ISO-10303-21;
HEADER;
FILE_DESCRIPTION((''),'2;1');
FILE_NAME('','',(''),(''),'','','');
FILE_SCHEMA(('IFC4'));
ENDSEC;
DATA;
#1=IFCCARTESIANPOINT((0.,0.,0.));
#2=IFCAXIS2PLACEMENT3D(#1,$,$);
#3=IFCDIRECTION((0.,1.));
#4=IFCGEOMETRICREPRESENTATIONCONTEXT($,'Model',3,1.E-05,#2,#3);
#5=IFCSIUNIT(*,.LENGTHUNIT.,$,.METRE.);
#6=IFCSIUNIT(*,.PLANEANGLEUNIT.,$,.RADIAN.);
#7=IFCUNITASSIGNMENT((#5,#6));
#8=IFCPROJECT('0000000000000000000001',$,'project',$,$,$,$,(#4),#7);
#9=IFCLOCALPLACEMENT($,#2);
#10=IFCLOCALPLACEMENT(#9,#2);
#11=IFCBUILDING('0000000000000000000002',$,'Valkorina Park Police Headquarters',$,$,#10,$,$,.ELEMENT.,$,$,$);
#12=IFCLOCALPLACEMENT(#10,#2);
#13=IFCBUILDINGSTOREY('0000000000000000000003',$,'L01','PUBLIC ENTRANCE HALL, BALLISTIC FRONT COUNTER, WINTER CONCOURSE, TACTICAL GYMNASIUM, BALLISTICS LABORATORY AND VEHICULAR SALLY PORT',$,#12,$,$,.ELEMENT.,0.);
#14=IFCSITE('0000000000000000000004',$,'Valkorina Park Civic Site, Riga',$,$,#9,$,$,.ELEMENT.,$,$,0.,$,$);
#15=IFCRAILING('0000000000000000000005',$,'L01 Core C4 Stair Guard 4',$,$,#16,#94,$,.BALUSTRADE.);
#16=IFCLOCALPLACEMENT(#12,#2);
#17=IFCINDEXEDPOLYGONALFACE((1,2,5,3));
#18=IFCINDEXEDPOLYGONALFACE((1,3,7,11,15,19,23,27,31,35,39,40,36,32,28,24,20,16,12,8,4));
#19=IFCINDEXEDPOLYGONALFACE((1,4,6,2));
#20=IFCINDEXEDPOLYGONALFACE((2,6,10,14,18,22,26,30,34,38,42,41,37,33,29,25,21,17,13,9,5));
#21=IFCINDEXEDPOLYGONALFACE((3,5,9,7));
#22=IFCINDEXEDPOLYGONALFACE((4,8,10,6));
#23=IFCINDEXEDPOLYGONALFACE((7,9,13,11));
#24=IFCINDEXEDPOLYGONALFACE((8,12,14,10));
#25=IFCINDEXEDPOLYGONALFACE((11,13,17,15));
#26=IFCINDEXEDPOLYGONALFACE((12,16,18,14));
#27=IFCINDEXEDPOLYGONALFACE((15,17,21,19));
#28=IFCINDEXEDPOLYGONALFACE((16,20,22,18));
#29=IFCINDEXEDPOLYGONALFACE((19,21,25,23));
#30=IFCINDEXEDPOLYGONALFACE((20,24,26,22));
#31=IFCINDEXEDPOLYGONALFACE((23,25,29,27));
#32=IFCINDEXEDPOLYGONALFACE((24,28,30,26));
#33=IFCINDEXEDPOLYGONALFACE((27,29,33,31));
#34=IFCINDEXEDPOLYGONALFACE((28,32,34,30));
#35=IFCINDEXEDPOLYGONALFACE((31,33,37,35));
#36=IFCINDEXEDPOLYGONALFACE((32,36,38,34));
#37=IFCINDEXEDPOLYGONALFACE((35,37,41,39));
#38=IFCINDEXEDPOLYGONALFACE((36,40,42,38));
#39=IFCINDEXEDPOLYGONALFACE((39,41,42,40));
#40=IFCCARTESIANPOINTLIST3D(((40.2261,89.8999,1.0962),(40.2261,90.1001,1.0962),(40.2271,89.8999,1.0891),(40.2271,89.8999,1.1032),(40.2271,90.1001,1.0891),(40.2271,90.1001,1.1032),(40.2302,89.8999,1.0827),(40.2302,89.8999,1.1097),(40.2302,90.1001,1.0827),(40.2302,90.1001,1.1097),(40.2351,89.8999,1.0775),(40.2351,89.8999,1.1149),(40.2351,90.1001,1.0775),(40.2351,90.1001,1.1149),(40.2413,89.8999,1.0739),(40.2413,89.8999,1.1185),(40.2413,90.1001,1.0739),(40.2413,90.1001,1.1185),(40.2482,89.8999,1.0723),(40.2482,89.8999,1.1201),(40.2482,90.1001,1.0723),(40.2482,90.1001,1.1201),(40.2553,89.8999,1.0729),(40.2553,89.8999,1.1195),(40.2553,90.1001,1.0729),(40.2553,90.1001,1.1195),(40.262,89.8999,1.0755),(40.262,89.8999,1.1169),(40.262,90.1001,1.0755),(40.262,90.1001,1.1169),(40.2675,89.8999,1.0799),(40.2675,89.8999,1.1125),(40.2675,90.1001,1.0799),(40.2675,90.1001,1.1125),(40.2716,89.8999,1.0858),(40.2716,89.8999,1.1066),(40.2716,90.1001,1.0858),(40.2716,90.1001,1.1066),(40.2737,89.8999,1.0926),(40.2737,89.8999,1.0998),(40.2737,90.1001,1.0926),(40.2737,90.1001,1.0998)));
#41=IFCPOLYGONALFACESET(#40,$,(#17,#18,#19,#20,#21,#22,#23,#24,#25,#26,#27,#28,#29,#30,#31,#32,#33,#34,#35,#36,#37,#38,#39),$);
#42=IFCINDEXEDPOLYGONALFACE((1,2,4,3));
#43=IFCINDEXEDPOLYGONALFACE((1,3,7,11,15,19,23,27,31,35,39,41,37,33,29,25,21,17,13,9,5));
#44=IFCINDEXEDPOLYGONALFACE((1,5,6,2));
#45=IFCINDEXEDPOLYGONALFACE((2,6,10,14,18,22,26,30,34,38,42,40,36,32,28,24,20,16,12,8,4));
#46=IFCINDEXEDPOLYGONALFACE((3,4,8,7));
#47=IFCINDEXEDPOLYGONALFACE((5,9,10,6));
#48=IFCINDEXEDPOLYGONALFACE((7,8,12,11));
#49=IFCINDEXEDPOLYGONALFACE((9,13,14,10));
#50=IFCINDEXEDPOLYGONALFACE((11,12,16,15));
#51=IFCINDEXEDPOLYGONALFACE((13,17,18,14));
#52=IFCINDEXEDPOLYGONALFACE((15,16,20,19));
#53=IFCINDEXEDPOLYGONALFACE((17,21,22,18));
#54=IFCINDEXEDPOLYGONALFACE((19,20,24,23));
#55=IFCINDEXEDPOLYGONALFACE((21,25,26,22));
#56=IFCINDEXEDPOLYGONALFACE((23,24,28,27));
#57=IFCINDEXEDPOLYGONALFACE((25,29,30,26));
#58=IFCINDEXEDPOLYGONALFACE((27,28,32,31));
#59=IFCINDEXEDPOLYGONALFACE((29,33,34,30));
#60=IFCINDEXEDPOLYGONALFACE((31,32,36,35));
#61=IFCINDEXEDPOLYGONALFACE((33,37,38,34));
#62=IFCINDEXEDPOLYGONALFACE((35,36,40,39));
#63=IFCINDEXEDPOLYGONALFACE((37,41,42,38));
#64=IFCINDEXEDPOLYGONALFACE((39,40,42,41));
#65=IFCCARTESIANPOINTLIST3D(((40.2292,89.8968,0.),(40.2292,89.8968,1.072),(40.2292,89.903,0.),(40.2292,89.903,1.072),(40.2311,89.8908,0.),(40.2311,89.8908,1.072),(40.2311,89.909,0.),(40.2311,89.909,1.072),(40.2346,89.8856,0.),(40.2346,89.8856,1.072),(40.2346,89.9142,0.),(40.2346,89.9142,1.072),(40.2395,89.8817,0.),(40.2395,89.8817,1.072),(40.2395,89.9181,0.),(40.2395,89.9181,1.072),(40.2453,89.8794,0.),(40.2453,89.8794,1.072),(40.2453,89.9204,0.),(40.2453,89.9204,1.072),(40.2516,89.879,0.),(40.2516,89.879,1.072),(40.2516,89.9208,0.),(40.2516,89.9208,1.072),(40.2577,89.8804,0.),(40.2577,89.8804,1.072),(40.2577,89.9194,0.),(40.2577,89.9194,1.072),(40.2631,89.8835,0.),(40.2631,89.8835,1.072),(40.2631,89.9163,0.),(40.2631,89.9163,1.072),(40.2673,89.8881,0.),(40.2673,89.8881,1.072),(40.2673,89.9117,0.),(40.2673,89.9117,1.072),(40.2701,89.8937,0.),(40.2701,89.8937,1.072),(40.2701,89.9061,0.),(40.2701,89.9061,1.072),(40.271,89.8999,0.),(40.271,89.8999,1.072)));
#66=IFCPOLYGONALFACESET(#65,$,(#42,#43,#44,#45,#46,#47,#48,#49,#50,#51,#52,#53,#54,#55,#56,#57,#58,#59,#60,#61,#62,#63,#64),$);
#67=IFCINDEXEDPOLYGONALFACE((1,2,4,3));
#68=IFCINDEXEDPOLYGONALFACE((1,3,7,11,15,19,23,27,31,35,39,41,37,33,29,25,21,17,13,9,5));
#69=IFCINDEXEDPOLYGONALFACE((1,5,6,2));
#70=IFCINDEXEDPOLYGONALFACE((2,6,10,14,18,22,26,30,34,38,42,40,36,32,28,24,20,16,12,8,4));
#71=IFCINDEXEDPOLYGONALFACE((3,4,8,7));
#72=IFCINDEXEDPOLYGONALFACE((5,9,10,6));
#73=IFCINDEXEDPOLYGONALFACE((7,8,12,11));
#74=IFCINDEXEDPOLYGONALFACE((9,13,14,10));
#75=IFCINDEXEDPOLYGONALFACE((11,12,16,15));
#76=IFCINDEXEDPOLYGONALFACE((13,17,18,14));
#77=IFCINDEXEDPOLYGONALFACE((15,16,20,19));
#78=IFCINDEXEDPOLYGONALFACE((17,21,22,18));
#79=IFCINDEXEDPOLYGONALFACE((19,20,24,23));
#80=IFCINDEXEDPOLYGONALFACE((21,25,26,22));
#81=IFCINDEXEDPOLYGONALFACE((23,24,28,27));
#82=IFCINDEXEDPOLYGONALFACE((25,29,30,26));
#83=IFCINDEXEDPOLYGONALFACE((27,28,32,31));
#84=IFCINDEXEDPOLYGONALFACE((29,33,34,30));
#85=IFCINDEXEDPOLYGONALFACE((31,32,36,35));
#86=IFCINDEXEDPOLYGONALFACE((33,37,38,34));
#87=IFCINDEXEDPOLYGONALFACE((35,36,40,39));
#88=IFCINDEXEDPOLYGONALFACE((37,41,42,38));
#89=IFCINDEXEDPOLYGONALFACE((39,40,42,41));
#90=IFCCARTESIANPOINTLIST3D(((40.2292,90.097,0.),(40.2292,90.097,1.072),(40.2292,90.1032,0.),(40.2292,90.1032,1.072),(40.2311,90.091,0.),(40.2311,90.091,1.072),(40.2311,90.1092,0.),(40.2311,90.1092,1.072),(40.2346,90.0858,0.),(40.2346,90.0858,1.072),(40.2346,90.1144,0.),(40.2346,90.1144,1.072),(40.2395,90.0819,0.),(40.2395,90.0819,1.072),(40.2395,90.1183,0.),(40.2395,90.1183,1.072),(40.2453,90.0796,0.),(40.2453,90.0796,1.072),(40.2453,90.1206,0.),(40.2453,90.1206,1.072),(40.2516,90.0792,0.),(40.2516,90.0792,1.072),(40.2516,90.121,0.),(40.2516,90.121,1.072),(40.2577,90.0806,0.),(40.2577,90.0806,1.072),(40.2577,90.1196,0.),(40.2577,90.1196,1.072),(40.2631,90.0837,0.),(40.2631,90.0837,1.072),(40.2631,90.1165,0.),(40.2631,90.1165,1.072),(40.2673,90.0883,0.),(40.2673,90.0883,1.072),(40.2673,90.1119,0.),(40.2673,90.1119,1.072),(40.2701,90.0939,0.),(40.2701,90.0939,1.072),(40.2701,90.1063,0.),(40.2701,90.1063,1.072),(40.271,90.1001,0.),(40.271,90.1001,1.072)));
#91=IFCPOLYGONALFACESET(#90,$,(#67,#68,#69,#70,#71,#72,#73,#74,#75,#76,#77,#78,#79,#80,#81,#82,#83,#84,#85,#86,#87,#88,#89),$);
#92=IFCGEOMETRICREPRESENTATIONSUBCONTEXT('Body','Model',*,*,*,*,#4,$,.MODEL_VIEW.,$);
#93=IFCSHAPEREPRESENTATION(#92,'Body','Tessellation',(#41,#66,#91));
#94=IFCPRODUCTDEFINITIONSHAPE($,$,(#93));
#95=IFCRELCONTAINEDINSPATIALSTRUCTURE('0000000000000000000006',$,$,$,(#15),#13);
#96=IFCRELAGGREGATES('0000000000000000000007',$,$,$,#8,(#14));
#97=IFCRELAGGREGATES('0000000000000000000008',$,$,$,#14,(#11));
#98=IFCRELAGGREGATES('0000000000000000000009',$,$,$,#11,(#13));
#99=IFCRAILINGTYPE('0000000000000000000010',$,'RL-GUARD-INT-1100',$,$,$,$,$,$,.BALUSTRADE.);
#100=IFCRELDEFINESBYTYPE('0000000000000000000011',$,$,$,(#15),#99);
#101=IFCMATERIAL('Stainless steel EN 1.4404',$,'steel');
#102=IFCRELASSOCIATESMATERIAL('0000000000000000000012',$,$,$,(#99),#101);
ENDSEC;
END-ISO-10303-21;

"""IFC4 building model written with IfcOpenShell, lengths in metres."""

from ifc_helpers import new_model, si_unit, direction, frame, origin, origin_2d, place, context, subcontext, project, spatial, circle, extrude, material, type_object, element, save


model = new_model("IFC4")

# Units and contexts
model_context = context("Model", 3, precision=1e-05, world=origin(), true_north=direction((0.0, 1.0)))
body_context = subcontext(model_context, "Body", "Model", "MODEL_VIEW")
ifc_project = project(units=[si_unit("LENGTHUNIT", "METRE"), si_unit("PLANEANGLEUNIT", "RADIAN")], contexts=[model_context])

# Site, building, storey
site_placement = place(None, origin())
site = spatial("IfcSite", under=ifc_project, at=site_placement, Name="Valkorina Park Civic Site, Riga", CompositionType="ELEMENT", RefElevation=0.0)
building_placement = place(site_placement, origin())
building = spatial("IfcBuilding", under=site, at=building_placement, Name="Valkorina Park Police Headquarters", CompositionType="ELEMENT")
storey_placement = place(building_placement, origin())
storey = spatial("IfcBuildingStorey", under=building, at=storey_placement, Name="L01", Description="PUBLIC ENTRANCE HALL, BALLISTIC FRONT COUNTER, WINTER CONCOURSE, TACTICAL GYMNASIUM, BALLISTICS LABORATORY AND VEHICULAR SALLY PORT", CompositionType="ELEMENT", Elevation=0.0)

# Shared definitions
ifc_material_1 = material(Name="Stainless steel EN 1.4404", Category="steel")

# Railing
railing_type_1 = type_object("IfcRailingType", Name="RL-GUARD-INT-1100", PredefinedType="BALUSTRADE", material=ifc_material_1)
railing_1_placement = place(storey_placement, frame((40.25, 89.8999, 0.0)))
element("IfcRailing", 1, at=railing_1_placement, inside=storey, type_object=railing_type_1, Name="L01 Core C4 Stair Guard 4", PredefinedType="BALUSTRADE", context=body_context, shape_type="SweptSolid", body=[
    extrude(circle(Radius=0.0239, at=origin_2d()), frame((0.0, 0.0, 1.0962), z_axis=(0.0, 1.0, 0.0), x_axis=(-1.0, 0.0, 0.0)), (0.0, 0.0, 1.0), 0.2002),
    extrude(circle(Radius=0.021, at=origin_2d()), origin(), (0.0, 0.0, 1.0), 1.072),
    extrude(circle(Radius=0.021, at=origin_2d()), frame((0.0, 0.2002, 0.0)), (0.0, 0.0, 1.0), 1.072),
])

save(model, "model.ifc")
